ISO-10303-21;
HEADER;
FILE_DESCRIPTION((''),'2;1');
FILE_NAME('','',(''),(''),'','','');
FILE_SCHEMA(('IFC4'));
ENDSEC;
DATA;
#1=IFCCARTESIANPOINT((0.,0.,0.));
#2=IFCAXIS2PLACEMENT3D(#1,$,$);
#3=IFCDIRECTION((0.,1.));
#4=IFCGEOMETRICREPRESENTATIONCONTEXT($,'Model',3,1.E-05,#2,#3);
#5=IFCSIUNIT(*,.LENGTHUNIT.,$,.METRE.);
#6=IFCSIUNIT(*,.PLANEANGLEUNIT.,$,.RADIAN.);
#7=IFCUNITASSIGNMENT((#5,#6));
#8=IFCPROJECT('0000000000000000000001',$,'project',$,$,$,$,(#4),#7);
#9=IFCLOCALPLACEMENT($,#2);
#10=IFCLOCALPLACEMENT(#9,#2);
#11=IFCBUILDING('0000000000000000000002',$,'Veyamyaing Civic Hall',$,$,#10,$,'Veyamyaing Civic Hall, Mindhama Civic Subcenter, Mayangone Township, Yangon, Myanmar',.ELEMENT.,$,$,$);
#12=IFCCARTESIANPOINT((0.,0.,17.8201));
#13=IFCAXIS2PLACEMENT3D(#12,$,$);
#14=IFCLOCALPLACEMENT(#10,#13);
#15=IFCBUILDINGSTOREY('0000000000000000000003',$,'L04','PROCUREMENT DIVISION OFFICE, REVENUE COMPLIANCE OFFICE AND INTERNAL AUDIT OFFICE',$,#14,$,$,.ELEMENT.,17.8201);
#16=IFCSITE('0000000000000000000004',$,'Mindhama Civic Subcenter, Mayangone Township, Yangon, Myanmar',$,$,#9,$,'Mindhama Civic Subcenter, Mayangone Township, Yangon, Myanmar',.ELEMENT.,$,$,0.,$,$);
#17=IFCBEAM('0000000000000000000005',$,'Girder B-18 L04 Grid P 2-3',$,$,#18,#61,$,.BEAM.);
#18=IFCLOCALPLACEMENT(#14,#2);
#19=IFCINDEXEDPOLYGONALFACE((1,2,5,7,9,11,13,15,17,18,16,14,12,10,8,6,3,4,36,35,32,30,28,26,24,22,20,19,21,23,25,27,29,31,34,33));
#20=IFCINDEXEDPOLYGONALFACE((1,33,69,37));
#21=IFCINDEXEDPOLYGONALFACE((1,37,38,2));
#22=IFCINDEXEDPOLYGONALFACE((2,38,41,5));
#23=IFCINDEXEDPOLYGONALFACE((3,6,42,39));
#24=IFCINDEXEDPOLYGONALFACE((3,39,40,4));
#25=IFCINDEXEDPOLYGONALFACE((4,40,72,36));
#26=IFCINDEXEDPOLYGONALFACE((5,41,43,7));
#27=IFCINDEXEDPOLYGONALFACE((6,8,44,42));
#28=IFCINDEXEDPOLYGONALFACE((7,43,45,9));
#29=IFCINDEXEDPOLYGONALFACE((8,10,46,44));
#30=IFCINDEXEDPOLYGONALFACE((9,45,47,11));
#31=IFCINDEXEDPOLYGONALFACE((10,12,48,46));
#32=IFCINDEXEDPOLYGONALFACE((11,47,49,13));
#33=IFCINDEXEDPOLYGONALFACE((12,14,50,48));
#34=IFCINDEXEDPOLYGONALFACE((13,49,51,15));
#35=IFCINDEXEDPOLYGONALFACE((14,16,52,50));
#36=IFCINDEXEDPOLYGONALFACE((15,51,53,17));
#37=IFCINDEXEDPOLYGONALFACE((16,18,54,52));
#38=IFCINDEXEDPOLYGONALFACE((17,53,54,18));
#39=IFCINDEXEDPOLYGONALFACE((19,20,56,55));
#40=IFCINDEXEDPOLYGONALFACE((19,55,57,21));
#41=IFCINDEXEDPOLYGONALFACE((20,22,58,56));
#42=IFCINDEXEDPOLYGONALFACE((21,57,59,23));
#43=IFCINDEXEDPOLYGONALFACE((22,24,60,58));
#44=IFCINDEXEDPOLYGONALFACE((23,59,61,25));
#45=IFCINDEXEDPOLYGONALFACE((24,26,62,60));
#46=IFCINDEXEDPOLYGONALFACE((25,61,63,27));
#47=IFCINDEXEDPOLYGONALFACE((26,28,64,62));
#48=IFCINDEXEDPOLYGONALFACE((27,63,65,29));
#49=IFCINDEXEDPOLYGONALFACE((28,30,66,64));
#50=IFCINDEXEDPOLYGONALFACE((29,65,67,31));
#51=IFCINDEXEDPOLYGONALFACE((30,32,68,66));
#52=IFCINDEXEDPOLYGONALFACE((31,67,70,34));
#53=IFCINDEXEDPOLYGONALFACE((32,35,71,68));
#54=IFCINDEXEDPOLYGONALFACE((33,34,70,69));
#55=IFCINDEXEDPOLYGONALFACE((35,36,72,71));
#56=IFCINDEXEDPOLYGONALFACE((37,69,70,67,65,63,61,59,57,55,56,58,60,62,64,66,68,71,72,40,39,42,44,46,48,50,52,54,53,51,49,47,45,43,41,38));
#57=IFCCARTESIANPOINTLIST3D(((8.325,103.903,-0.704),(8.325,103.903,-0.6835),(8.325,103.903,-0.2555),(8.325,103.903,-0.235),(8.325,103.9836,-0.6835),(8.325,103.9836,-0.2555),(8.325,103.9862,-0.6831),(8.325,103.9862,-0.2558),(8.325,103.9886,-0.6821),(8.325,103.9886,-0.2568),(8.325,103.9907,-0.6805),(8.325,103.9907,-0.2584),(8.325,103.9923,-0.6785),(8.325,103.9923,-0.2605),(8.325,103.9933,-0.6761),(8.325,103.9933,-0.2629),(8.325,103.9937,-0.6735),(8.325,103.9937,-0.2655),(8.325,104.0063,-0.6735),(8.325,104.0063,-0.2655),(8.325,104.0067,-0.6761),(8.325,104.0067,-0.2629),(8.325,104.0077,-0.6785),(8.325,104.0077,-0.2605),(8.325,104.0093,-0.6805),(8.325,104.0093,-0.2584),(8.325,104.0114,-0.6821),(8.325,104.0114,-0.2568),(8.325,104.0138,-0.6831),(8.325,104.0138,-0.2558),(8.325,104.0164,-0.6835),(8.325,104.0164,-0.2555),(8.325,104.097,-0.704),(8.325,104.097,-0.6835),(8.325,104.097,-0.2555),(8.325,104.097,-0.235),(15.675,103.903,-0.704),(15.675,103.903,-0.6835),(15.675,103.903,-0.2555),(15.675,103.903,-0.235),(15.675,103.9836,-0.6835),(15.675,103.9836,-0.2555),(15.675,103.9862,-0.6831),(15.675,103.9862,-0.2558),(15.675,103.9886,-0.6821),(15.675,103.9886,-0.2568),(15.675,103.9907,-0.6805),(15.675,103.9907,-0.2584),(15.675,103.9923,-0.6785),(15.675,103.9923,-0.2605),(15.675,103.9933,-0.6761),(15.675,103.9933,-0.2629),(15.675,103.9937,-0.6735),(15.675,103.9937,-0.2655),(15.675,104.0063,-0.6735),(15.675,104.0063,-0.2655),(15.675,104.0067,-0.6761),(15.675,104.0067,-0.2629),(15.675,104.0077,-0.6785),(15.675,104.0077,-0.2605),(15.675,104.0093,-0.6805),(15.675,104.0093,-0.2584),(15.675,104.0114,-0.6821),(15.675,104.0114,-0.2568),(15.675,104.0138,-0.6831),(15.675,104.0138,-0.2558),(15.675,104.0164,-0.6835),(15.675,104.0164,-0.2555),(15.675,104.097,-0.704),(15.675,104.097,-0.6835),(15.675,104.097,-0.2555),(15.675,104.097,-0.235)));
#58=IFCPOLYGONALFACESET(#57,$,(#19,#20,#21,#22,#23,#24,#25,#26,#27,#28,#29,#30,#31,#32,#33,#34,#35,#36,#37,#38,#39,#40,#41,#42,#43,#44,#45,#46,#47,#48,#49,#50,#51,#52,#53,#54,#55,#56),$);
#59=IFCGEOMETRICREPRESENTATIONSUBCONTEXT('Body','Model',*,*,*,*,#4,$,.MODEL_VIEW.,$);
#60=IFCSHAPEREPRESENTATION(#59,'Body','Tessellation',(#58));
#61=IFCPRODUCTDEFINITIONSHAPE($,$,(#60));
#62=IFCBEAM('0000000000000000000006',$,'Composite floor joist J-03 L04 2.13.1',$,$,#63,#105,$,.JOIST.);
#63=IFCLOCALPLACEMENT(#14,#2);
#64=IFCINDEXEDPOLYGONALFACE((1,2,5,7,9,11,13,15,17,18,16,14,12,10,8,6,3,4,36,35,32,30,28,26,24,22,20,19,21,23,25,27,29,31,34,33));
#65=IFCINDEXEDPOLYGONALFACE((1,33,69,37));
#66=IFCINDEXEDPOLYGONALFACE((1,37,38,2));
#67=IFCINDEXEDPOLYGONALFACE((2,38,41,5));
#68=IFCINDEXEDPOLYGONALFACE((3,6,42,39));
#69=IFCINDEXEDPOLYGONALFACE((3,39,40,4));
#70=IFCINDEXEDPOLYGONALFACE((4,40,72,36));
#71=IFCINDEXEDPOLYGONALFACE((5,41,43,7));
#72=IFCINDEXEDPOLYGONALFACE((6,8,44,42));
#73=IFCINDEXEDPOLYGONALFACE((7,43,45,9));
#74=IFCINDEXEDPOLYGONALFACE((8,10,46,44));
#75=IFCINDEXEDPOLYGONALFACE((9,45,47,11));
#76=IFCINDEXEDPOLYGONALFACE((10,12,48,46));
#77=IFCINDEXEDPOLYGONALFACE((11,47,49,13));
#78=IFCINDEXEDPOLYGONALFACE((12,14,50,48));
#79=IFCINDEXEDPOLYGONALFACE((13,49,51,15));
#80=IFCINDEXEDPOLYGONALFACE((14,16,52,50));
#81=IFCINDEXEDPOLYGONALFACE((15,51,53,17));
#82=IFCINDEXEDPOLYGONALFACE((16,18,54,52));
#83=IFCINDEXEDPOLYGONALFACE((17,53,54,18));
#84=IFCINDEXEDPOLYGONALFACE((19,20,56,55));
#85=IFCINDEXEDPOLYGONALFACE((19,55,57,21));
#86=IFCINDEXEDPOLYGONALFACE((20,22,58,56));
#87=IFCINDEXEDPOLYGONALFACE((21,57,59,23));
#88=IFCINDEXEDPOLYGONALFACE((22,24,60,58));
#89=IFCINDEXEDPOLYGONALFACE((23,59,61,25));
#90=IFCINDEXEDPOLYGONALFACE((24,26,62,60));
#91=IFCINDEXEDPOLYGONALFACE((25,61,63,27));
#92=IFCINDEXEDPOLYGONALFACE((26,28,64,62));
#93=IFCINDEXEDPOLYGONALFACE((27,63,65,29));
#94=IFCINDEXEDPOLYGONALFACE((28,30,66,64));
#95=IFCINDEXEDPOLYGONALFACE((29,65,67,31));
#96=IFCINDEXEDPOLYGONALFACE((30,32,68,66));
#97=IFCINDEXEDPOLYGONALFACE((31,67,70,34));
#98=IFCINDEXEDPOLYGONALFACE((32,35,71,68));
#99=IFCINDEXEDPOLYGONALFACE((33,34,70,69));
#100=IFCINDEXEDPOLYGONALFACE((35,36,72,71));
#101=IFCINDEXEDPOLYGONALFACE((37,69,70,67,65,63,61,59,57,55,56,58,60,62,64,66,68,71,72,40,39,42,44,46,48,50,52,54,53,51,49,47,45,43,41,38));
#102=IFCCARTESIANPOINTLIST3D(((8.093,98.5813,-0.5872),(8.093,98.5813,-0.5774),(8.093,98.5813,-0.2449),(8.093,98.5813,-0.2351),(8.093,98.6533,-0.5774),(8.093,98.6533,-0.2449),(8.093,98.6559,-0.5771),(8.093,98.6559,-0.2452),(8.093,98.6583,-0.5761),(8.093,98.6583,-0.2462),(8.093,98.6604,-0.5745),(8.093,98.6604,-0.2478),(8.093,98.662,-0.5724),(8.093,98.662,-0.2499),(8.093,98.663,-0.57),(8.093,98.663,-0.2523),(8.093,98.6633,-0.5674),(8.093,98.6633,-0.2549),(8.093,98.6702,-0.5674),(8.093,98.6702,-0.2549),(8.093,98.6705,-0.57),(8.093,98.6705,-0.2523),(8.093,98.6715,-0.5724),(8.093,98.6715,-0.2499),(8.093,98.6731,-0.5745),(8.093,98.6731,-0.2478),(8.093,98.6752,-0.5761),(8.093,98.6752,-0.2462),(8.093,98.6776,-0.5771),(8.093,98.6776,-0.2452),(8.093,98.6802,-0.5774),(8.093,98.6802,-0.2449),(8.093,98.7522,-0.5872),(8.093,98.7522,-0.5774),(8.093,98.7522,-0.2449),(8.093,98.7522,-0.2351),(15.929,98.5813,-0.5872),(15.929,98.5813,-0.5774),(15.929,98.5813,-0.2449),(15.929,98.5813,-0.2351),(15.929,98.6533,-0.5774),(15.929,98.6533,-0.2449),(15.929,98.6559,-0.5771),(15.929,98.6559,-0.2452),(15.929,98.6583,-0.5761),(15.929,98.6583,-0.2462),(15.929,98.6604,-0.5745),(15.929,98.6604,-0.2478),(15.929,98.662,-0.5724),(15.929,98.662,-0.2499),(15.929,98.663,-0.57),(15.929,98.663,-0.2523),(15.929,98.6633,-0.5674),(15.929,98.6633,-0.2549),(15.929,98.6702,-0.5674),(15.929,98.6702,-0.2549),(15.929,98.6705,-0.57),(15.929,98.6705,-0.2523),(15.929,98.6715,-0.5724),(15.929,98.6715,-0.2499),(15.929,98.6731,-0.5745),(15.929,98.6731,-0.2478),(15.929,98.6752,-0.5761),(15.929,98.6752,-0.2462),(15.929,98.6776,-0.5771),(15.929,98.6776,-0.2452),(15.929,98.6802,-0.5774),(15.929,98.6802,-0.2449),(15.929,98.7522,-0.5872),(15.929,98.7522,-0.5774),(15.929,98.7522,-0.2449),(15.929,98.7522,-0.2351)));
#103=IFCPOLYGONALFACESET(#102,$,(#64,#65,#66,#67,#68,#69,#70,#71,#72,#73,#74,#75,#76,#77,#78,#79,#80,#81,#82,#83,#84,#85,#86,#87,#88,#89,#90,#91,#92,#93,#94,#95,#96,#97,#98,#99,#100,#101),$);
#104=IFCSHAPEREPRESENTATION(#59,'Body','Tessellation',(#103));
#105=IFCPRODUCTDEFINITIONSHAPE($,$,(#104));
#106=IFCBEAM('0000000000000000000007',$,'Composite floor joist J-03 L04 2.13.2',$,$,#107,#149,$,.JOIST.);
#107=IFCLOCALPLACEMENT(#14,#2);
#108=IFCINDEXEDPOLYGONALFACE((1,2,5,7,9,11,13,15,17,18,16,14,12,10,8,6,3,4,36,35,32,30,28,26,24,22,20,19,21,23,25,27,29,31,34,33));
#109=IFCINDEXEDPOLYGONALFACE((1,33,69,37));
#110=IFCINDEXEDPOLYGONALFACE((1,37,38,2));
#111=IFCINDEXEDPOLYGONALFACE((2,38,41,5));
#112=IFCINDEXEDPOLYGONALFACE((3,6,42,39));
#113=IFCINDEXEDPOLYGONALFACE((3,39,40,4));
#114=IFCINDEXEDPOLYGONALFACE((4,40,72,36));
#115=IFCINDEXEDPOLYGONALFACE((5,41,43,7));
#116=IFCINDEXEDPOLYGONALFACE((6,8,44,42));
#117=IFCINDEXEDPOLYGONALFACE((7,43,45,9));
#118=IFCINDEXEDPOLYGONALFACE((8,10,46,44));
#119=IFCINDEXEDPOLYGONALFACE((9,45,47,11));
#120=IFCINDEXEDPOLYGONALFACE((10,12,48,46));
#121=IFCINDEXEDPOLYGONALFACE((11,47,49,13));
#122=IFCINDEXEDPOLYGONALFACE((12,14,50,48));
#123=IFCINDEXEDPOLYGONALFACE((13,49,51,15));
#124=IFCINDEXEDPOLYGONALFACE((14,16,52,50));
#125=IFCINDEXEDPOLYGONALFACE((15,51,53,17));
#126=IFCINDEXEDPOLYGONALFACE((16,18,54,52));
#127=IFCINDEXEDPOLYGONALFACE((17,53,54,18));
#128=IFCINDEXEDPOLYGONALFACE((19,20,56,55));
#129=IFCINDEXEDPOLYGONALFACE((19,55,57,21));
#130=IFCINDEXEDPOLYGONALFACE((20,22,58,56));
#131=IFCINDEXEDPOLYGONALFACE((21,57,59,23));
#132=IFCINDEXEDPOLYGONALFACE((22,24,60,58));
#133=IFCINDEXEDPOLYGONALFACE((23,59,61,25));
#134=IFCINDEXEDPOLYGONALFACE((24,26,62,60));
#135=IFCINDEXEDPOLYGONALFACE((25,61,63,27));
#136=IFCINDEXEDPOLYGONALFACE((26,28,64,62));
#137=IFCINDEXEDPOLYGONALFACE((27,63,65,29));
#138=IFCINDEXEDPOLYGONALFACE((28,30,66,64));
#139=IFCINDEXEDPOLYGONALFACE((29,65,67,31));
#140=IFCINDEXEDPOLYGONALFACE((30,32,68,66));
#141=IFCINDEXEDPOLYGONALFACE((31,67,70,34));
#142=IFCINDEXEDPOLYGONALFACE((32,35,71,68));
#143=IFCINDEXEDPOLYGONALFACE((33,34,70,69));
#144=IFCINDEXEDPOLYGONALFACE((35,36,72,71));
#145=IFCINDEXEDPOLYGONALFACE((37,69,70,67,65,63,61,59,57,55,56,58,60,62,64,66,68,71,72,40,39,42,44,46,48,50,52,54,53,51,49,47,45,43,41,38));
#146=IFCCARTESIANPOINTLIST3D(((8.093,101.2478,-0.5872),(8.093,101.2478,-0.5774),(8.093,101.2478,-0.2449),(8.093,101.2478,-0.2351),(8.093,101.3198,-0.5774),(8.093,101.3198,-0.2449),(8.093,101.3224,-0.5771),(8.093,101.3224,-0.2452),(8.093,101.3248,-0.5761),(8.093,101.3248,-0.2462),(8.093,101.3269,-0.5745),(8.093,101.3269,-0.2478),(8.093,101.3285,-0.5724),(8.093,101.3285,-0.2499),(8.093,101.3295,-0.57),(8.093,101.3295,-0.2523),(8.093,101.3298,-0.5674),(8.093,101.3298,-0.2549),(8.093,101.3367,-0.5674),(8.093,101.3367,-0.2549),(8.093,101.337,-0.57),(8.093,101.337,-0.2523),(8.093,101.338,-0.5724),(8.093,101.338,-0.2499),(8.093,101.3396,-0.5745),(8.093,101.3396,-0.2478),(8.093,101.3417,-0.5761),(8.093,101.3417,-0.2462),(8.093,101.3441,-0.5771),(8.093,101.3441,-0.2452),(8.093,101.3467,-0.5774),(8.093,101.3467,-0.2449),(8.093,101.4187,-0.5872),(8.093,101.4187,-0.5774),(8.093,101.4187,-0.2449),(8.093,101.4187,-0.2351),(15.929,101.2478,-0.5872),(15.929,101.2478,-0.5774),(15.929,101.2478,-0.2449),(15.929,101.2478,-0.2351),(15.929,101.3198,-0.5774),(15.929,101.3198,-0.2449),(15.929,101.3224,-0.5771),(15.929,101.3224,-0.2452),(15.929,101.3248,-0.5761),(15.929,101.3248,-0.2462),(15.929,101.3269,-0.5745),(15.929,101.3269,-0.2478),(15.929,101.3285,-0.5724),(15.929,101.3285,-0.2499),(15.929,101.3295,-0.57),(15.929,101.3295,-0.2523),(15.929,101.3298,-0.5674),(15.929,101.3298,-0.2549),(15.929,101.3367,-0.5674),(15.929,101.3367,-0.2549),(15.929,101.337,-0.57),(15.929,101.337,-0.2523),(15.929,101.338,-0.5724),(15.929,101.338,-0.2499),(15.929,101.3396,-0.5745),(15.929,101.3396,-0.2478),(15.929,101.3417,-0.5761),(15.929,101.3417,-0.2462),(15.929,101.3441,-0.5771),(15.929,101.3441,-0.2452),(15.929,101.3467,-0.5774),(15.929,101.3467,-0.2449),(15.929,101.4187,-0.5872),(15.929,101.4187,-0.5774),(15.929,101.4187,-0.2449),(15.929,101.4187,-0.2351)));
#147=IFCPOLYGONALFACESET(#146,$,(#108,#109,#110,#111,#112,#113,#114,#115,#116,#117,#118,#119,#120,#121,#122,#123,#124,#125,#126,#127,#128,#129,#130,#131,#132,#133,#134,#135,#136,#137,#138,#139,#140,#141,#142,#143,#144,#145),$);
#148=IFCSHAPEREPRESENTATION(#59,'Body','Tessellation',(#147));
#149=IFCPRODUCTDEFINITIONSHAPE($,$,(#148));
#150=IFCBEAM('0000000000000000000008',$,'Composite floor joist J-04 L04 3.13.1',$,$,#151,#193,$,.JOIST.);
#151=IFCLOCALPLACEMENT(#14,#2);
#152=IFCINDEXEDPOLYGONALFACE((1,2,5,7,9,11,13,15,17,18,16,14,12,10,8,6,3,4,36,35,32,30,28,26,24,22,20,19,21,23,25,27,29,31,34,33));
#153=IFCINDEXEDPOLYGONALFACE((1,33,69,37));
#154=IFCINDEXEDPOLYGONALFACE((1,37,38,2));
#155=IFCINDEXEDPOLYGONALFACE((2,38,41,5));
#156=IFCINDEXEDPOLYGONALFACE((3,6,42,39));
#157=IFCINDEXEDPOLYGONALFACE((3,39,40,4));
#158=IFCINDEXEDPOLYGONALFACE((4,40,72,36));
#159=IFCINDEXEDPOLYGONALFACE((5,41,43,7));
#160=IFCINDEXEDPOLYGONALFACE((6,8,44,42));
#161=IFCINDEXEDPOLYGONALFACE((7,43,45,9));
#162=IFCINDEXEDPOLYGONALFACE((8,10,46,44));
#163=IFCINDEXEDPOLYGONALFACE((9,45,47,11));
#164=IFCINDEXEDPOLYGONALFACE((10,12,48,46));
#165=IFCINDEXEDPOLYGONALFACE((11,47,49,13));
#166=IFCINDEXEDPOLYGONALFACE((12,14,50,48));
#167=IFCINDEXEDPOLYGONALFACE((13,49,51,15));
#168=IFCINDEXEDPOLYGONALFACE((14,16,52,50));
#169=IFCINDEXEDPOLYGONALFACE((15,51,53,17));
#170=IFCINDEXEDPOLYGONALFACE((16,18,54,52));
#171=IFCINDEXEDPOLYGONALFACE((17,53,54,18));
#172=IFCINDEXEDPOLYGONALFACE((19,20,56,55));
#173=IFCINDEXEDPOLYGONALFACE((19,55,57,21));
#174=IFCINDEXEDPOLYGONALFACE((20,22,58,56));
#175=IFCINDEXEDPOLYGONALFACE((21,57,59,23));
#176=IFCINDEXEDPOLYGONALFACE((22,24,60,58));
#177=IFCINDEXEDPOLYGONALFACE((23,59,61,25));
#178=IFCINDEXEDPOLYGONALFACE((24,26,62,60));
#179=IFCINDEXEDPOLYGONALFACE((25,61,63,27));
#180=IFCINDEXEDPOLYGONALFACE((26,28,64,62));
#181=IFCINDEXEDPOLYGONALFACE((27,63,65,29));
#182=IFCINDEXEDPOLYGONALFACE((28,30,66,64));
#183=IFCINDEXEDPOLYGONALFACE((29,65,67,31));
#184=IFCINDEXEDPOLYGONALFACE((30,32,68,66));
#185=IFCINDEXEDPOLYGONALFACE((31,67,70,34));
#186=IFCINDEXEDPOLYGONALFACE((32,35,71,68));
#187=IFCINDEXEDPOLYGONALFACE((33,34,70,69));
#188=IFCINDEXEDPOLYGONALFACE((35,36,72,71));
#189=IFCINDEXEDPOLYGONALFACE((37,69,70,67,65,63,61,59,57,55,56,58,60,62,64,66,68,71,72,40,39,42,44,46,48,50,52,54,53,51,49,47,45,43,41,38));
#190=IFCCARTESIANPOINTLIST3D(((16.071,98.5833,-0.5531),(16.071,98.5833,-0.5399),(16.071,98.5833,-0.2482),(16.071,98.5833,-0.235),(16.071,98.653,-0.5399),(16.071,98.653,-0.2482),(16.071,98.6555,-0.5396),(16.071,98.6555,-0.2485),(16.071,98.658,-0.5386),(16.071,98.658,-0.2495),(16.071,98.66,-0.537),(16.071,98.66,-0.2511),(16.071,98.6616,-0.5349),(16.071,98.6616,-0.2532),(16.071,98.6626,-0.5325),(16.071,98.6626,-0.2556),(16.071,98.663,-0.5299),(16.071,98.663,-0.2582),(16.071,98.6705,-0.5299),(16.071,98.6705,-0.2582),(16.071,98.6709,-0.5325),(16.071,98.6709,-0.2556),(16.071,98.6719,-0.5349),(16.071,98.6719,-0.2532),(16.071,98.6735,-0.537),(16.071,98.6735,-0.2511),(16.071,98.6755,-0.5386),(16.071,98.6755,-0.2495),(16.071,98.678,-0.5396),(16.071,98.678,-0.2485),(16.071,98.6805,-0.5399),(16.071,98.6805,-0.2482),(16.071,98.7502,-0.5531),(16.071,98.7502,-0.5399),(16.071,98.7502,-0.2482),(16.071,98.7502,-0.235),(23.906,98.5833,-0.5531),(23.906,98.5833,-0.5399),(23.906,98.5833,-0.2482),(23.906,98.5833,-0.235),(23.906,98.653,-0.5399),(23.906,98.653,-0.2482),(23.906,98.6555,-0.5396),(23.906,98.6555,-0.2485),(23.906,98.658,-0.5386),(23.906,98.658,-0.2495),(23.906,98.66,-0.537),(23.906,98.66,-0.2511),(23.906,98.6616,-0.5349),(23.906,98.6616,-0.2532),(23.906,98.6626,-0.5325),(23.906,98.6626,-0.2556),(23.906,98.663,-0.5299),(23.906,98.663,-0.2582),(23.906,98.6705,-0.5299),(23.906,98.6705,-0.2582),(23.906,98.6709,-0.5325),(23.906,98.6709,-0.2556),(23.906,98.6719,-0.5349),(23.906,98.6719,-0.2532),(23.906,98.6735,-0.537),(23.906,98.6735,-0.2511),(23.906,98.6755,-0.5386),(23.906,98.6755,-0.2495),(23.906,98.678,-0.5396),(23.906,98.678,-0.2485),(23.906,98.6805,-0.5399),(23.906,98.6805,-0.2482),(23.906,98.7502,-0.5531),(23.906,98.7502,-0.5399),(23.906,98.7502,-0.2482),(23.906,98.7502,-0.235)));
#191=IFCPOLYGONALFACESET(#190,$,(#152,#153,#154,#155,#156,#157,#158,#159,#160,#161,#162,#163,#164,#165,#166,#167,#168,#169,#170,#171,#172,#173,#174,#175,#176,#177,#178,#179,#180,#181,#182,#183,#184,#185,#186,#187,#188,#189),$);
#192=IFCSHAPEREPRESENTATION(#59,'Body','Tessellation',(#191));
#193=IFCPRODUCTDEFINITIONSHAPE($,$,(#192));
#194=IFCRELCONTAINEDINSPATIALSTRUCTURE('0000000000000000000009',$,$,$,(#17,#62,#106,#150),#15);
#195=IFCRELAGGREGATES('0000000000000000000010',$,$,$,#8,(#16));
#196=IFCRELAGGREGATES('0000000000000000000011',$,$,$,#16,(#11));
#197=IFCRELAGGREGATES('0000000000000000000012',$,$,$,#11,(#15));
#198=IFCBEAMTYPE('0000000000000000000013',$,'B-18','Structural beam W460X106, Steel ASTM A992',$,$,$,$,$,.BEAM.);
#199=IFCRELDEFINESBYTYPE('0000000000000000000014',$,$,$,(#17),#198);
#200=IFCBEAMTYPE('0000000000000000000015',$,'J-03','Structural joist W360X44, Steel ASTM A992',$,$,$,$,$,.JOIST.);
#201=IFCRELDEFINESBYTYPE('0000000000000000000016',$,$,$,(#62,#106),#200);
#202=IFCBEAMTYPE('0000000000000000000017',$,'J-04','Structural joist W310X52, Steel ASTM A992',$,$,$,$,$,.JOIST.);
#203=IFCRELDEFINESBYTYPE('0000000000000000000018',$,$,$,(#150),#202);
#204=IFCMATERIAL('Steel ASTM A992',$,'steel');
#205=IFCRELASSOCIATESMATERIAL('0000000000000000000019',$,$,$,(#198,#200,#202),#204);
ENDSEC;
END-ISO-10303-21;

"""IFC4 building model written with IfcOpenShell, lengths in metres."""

from ifc_helpers import new_model, si_unit, direction, frame, origin, origin_2d, place, context, subcontext, project, spatial, i_section, extrude, material, material_profile, profile_set, type_object, element, save


model = new_model("IFC4")

# Units and contexts
model_context = context("Model", 3, precision=1e-05, world=origin(), true_north=direction((0.0, 1.0)))
body_context = subcontext(model_context, "Body", "Model", "MODEL_VIEW")
ifc_project = project(units=[si_unit("LENGTHUNIT", "METRE"), si_unit("PLANEANGLEUNIT", "RADIAN")], contexts=[model_context])

# Site, building, storey
site_placement = place(None, origin())
site = spatial("IfcSite", under=ifc_project, at=site_placement, Name="Mindhama Civic Subcenter, Mayangone Township, Yangon, Myanmar", LongName="Mindhama Civic Subcenter, Mayangone Township, Yangon, Myanmar", CompositionType="ELEMENT", RefElevation=0.0)
building_placement = place(site_placement, origin())
building = spatial("IfcBuilding", under=site, at=building_placement, Name="Veyamyaing Civic Hall", LongName="Veyamyaing Civic Hall, Mindhama Civic Subcenter, Mayangone Township, Yangon, Myanmar", CompositionType="ELEMENT")
storey_placement = place(building_placement, frame((0.0, 0.0, 17.8201)))
storey = spatial("IfcBuildingStorey", under=building, at=storey_placement, Name="L04", Description="PROCUREMENT DIVISION OFFICE, REVENUE COMPLIANCE OFFICE AND INTERNAL AUDIT OFFICE", CompositionType="ELEMENT", Elevation=17.8201)

# Beams
ifc_material_1 = material(Name="Steel ASTM A992", Category="steel")
ifc_material_profile_1 = material_profile(ifc_material_1, i_section(OverallWidth=0.1941, OverallDepth=0.469, WebThickness=0.0127, FlangeThickness=0.0205, FilletRadius=0.01, at=origin_2d()), Name="W460X106")
ifc_profile_set_1 = profile_set([ifc_material_profile_1], Name="Steel ASTM A992")
beam_type_1 = type_object("IfcBeamType", Name="B-18", Description="Structural beam W460X106, Steel ASTM A992", PredefinedType="BEAM", material=ifc_profile_set_1)
beam_1_placement = place(storey_placement, frame((8.325, 104.0, -0.4695), z_axis=(1.0, 0.0, 0.0), x_axis=(0.0, 1.0, 0.0)))
element("IfcBeam", 1, at=beam_1_placement, inside=storey, type_object=beam_type_1, Name="Girder B-18 L04 Grid P 2-3", PredefinedType="BEAM", context=body_context, shape_type="SweptSolid", body=[
    extrude(i_section(OverallWidth=0.1941, OverallDepth=0.469, WebThickness=0.0127, FlangeThickness=0.0205, FilletRadius=0.01, at=origin_2d()), origin(), (0.0, 0.0, 1.0), 7.3501),
])
ifc_material_profile_2 = material_profile(ifc_material_1, i_section(OverallWidth=0.1709, OverallDepth=0.3521, WebThickness=0.0068, FlangeThickness=0.0098, FilletRadius=0.01, at=origin_2d()), Name="W360X44")
ifc_profile_set_2 = profile_set([ifc_material_profile_2], Name="Steel ASTM A992")
beam_type_2 = type_object("IfcBeamType", Name="J-03", Description="Structural joist W360X44, Steel ASTM A992", PredefinedType="JOIST", material=ifc_profile_set_2)
for number, where, z_axis, x_axis, name in (
    (2, (8.093, 98.6667, -0.4111), (1.0, 0.0, 0.0), (0.0, 1.0, 0.0), "Composite floor joist J-03 L04 2.13.1"),
    (3, (8.093, 101.3333, -0.4111), (1.0, 0.0, 0.0), (0.0, 1.0, 0.0), "Composite floor joist J-03 L04 2.13.2"),
):
    element("IfcBeam", number, at=place(storey_placement, frame(where, z_axis=z_axis, x_axis=x_axis)), inside=storey, type_object=beam_type_2, Name=name, PredefinedType="JOIST", context=body_context, shape_type="SweptSolid", body=[
        extrude(i_section(OverallWidth=0.1709, OverallDepth=0.3521, WebThickness=0.0068, FlangeThickness=0.0098, FilletRadius=0.01, at=origin_2d()), origin(), (0.0, 0.0, 1.0), 7.8359),
    ])
ifc_material_profile_3 = material_profile(ifc_material_1, i_section(OverallWidth=0.167, OverallDepth=0.3181, WebThickness=0.0076, FlangeThickness=0.0132, FilletRadius=0.01, at=origin_2d()), Name="W310X52")
ifc_profile_set_3 = profile_set([ifc_material_profile_3], Name="Steel ASTM A992")
beam_type_3 = type_object("IfcBeamType", Name="J-04", Description="Structural joist W310X52, Steel ASTM A992", PredefinedType="JOIST", material=ifc_profile_set_3)
for number, where, z_axis, x_axis, name in (
    (4, (16.071, 98.6667, -0.394), (1.0, 0.0, 0.0), (0.0, 1.0, 0.0), "Composite floor joist J-04 L04 3.13.1"),
):
    element("IfcBeam", number, at=place(storey_placement, frame(where, z_axis=z_axis, x_axis=x_axis)), inside=storey, type_object=beam_type_3, Name=name, PredefinedType="JOIST", context=body_context, shape_type="SweptSolid", body=[
        extrude(i_section(OverallWidth=0.167, OverallDepth=0.3181, WebThickness=0.0076, FlangeThickness=0.0132, FilletRadius=0.01, at=origin_2d()), origin(), (0.0, 0.0, 1.0), 7.835),
    ])

save(model, "model.ifc")
